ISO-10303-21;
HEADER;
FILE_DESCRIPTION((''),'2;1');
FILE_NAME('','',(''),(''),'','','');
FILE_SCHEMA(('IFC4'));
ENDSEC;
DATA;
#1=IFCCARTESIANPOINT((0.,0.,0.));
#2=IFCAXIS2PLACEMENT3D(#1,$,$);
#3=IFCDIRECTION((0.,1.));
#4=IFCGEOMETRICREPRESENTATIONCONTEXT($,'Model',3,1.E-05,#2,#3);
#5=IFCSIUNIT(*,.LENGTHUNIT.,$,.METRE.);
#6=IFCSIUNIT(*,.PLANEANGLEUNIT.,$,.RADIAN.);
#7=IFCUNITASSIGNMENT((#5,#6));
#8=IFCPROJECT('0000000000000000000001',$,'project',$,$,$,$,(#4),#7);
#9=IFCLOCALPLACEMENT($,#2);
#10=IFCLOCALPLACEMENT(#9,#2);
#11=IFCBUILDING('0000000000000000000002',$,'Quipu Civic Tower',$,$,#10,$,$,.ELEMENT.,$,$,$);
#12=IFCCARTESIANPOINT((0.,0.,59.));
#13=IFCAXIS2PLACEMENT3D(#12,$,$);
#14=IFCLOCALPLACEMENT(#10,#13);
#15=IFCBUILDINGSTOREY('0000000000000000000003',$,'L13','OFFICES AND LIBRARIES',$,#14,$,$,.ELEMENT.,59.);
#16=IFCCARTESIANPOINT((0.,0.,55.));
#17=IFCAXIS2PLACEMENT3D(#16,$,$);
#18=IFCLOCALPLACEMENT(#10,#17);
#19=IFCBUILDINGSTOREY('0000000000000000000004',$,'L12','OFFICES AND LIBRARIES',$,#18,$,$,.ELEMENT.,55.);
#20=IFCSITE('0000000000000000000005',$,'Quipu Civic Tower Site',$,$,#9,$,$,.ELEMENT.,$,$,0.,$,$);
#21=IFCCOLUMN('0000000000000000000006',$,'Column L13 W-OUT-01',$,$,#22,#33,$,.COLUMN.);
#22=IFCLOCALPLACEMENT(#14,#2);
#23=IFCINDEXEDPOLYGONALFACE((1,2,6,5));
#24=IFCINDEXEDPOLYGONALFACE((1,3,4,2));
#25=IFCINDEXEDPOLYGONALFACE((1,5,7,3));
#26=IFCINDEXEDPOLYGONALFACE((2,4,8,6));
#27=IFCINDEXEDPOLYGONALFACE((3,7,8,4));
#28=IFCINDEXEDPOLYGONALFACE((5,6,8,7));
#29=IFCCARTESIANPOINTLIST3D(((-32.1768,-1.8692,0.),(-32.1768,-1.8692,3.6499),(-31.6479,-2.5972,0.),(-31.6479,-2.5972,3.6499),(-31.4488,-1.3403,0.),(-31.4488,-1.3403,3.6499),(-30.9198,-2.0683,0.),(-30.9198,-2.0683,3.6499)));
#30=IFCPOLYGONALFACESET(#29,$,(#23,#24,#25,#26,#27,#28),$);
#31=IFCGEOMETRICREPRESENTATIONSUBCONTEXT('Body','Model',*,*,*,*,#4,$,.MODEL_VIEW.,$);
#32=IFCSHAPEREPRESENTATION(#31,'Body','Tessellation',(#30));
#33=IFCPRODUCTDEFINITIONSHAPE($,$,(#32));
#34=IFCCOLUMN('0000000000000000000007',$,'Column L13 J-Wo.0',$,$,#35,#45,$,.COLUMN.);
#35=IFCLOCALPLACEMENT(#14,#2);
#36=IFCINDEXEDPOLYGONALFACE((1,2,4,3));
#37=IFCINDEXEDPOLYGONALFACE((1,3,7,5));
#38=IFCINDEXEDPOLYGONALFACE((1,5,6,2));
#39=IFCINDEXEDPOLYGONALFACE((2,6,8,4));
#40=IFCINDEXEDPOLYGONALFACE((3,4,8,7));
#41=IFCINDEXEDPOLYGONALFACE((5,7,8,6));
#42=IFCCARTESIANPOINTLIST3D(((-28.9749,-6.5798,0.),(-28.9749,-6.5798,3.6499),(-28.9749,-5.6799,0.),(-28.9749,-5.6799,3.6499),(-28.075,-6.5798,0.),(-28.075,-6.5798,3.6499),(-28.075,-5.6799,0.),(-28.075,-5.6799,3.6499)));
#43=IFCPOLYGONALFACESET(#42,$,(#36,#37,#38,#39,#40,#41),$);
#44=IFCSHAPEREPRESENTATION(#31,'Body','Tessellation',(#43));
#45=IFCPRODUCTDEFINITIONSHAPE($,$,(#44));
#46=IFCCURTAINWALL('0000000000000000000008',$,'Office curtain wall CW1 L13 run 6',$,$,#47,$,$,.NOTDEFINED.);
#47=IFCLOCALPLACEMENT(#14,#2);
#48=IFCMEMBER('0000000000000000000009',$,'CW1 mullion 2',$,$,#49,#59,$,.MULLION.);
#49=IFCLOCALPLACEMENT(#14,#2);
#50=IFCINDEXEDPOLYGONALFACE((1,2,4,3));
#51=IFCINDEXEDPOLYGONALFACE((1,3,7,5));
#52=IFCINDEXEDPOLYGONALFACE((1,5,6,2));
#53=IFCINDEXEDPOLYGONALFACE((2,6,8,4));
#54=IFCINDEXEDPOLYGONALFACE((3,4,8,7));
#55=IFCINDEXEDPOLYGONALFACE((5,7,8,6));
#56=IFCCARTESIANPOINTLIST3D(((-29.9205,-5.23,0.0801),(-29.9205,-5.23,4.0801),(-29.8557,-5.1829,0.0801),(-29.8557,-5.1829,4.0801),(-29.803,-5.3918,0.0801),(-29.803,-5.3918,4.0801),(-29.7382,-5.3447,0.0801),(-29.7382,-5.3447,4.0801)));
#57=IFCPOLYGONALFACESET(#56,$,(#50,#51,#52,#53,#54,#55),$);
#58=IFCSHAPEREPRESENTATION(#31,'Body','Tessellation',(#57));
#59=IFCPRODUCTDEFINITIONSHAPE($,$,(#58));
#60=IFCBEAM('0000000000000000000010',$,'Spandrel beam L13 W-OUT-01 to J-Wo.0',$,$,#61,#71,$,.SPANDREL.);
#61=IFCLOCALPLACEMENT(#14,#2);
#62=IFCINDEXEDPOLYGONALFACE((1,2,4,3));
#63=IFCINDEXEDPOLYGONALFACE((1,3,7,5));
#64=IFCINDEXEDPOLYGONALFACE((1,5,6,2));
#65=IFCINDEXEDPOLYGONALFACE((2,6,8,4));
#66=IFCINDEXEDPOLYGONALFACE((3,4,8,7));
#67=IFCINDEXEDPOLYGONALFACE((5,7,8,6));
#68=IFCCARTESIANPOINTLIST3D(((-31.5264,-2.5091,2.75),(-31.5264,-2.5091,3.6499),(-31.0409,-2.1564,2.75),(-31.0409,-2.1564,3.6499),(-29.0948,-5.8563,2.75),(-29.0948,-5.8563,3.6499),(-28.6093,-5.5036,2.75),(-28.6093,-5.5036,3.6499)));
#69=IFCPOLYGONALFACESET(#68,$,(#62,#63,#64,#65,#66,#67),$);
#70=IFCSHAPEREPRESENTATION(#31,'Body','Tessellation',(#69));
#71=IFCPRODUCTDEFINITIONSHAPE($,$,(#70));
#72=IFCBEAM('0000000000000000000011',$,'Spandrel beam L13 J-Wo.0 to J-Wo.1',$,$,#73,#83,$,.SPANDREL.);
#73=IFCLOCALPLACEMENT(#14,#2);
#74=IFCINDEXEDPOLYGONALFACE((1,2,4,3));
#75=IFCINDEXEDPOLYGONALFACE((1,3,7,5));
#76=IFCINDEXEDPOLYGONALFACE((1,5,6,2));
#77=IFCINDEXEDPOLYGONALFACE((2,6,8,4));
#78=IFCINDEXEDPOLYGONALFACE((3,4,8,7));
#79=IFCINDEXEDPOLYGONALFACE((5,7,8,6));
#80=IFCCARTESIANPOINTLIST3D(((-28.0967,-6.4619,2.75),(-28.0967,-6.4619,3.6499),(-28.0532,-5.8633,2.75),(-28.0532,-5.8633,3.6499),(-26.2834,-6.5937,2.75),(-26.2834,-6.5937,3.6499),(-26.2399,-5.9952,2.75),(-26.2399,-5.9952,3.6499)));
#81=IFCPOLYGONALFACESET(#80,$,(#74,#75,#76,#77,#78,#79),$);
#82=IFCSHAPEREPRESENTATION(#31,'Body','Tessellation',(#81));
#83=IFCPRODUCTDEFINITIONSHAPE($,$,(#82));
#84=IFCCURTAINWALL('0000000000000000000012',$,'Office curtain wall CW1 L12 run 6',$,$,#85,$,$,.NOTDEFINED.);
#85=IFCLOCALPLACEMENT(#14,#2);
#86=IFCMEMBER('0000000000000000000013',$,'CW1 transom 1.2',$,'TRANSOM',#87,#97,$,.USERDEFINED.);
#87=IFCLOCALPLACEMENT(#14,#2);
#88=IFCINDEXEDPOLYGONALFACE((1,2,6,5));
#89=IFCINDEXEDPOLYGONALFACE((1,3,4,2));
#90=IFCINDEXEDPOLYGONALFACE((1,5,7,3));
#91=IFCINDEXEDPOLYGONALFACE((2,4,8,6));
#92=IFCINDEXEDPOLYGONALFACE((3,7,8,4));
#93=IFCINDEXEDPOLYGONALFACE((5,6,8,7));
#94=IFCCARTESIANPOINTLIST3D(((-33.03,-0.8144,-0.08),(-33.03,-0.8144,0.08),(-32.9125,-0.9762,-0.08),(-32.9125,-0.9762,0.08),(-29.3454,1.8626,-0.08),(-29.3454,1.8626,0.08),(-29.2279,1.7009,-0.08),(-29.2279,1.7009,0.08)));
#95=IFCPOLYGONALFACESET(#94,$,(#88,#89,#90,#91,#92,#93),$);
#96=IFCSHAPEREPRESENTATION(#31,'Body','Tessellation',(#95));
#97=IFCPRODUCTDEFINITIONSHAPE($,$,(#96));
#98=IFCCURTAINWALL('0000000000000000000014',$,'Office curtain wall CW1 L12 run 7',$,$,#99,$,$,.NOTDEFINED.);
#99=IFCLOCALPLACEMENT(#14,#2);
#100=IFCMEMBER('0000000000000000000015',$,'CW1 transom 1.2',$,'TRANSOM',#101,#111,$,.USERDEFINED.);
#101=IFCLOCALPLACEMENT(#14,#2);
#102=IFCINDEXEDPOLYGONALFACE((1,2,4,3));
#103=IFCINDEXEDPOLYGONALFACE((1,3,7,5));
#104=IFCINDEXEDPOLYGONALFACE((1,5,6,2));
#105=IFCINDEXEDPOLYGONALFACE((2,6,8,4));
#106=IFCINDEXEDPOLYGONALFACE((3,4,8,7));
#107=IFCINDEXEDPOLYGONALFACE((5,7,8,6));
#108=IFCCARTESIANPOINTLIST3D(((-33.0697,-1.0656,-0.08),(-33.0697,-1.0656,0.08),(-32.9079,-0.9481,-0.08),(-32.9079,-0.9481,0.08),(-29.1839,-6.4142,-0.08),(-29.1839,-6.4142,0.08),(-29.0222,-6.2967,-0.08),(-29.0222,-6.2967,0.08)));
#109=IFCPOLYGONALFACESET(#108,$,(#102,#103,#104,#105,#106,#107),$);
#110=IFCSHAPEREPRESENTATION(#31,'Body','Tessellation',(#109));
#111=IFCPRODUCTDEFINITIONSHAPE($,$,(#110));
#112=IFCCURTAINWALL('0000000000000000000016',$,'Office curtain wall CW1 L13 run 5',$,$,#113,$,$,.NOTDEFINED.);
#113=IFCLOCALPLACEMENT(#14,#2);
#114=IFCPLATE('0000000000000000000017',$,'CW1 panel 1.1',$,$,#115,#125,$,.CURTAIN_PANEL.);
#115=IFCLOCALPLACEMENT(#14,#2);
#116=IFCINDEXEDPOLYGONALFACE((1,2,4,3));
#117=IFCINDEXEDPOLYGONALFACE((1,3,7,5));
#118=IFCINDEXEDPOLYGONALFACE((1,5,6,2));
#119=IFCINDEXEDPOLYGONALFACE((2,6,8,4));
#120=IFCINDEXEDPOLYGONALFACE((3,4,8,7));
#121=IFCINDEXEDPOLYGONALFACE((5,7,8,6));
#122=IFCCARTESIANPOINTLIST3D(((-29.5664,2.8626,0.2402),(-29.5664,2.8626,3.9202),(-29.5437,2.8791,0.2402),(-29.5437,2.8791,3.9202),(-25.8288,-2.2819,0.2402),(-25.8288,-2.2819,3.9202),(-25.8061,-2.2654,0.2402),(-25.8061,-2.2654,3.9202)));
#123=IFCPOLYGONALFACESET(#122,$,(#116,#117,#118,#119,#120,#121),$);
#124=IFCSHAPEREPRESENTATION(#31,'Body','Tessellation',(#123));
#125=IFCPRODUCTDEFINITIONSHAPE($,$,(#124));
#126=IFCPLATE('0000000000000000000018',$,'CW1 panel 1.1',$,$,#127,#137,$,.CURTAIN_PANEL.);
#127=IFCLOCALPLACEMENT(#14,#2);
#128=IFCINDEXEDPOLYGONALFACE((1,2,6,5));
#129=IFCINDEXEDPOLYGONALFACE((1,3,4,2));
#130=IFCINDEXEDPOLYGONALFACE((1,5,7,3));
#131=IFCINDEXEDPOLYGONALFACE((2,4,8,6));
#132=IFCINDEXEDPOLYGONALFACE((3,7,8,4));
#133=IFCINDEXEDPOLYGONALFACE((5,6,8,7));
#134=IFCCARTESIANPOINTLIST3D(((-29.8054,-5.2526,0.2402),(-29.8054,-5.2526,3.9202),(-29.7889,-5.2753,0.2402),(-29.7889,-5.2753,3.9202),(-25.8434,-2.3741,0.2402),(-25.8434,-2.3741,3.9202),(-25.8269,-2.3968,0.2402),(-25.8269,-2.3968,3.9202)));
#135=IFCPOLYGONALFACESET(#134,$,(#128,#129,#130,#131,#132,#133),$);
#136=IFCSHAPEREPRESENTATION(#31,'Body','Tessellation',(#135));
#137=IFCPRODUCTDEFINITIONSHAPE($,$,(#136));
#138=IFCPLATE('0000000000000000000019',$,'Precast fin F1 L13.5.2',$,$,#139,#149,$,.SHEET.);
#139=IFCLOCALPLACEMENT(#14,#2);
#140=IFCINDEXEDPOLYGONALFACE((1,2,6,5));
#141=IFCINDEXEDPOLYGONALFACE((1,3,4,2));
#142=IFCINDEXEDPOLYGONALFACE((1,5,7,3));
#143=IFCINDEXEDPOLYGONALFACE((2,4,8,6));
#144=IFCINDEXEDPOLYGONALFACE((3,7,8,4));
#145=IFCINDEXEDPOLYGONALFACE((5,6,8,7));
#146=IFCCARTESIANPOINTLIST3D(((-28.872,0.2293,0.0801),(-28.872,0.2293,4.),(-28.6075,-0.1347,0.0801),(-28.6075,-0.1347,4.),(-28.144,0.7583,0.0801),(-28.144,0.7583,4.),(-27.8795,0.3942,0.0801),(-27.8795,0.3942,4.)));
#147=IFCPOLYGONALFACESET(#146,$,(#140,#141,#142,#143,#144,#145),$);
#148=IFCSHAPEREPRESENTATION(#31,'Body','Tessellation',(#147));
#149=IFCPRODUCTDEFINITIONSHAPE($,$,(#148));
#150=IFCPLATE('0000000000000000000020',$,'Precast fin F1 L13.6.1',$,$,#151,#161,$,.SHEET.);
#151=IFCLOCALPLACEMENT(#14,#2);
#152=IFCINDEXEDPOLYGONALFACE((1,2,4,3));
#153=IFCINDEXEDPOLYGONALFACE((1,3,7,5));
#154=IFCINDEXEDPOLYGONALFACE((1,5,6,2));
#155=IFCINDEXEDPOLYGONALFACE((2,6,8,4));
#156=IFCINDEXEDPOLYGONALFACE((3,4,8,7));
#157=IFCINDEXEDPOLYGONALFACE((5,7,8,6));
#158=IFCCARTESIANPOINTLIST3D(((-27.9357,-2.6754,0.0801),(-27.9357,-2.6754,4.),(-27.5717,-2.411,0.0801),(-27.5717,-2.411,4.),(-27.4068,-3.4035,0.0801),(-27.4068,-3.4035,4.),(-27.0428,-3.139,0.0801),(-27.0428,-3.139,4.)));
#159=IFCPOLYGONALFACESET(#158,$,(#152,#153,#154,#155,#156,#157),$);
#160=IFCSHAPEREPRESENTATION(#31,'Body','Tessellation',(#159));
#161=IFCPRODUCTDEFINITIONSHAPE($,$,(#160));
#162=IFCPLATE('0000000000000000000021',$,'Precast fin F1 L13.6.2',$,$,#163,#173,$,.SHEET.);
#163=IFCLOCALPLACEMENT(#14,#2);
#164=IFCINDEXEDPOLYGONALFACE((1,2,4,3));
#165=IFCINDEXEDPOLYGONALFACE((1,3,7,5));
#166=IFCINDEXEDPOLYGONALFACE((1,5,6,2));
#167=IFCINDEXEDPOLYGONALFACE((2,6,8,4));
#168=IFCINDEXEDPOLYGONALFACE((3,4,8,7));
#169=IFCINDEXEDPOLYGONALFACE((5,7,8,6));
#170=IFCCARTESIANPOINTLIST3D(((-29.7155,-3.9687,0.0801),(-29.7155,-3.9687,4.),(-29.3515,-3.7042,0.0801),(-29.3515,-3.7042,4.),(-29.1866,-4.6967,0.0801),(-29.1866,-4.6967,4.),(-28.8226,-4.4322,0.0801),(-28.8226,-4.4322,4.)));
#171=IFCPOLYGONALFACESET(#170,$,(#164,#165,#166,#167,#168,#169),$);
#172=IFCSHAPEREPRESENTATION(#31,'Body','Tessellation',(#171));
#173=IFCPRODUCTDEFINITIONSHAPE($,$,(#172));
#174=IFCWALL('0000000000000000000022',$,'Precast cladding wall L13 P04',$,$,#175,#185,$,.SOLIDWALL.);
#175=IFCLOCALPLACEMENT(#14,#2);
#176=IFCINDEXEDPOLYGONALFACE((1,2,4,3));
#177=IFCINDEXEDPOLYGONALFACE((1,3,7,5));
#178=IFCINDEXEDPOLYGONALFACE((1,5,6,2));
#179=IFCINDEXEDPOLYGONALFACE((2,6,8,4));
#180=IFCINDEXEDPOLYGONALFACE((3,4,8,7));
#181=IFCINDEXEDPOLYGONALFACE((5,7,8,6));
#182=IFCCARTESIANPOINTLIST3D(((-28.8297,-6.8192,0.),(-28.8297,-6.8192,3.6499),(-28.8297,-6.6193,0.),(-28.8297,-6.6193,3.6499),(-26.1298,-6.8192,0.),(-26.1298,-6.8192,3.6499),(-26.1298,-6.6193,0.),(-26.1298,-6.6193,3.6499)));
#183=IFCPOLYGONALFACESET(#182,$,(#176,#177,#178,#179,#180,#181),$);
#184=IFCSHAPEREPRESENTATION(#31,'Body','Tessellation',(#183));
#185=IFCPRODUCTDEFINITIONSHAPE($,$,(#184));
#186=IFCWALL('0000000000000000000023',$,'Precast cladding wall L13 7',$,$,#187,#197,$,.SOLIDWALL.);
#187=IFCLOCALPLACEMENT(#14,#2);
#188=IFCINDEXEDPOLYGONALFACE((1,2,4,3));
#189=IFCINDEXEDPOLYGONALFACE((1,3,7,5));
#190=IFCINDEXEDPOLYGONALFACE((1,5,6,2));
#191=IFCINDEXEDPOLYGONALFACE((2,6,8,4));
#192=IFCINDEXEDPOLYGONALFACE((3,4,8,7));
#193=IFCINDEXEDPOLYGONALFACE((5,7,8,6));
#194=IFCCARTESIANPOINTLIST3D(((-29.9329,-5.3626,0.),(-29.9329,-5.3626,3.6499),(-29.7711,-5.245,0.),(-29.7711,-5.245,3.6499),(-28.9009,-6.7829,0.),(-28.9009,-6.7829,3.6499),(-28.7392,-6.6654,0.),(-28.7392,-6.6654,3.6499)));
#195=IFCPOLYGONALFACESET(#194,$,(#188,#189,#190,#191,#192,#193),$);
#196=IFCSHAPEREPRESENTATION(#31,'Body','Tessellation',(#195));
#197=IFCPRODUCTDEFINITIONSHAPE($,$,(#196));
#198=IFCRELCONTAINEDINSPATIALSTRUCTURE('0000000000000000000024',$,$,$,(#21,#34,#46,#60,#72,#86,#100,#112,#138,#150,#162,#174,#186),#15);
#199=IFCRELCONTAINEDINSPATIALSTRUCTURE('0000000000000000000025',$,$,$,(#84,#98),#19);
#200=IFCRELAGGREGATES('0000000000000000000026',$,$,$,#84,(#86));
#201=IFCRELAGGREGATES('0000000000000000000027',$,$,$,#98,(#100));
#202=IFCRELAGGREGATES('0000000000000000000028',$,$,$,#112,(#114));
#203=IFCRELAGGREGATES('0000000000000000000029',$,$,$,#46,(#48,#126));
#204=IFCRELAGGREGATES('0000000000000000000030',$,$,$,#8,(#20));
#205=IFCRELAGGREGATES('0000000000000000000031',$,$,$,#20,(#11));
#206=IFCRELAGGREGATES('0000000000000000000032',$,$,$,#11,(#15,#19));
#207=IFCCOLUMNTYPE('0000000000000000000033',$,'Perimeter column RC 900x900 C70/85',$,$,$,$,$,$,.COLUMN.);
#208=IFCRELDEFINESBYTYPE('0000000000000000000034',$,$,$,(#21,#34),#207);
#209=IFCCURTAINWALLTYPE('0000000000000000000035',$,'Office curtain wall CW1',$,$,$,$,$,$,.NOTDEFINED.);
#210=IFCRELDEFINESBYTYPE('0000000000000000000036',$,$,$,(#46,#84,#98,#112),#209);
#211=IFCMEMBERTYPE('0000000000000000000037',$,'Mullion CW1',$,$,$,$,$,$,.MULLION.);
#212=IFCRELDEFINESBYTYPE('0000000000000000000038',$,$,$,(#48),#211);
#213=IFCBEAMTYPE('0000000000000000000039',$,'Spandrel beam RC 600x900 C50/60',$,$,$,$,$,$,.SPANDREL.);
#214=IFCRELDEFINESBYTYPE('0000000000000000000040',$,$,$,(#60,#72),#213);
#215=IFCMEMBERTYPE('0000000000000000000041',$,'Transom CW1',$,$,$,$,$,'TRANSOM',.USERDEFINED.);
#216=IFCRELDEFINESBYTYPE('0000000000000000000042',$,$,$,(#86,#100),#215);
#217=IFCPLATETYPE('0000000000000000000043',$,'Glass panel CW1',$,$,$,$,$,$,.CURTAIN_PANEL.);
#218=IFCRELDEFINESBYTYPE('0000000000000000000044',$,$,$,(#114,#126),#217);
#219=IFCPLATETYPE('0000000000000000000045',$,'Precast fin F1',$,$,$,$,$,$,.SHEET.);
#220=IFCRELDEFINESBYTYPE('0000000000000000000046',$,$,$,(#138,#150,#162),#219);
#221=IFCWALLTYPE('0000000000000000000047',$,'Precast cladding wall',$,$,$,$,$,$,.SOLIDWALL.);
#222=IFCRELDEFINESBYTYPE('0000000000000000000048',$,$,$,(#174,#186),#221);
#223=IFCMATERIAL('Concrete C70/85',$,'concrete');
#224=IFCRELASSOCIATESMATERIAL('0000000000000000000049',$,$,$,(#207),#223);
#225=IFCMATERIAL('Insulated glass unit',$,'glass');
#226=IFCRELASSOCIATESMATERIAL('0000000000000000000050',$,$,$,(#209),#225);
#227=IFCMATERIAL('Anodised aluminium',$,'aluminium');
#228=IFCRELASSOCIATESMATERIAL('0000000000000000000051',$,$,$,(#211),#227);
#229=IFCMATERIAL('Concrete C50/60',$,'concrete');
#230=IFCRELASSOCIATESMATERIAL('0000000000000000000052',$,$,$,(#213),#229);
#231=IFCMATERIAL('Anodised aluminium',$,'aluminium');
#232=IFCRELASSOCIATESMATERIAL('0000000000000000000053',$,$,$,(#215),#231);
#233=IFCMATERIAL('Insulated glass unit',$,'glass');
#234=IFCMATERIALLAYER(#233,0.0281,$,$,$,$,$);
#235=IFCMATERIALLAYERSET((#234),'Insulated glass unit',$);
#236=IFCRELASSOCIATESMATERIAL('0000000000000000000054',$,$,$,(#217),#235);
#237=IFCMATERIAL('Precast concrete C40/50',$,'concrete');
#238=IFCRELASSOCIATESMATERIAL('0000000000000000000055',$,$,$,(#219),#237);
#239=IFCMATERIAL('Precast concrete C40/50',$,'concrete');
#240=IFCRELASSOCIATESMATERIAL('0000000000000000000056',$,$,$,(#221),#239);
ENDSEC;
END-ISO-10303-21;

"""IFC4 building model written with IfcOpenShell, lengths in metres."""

from ifc_helpers import new_model, si_unit, direction, frame, frame_2d, origin, origin_2d, place, context, subcontext, project, spatial, rectangle, extrude, material, layer, layer_set, material_profile, profile_set, type_object, element, aggregate, save


model = new_model("IFC4")

# Units and contexts
model_context = context("Model", 3, precision=1e-05, world=origin(), true_north=direction((0.0, 1.0)))
body_context = subcontext(model_context, "Body", "Model", "MODEL_VIEW")
ifc_project = project(units=[si_unit("LENGTHUNIT", "METRE"), si_unit("PLANEANGLEUNIT", "RADIAN")], contexts=[model_context])

# Site, building, storey
site_placement = place(None, origin())
site = spatial("IfcSite", under=ifc_project, at=site_placement, Name="Quipu Civic Tower Site", CompositionType="ELEMENT", RefElevation=0.0)
building_placement = place(site_placement, origin())
building = spatial("IfcBuilding", under=site, at=building_placement, Name="Quipu Civic Tower", CompositionType="ELEMENT")
storey_1_placement = place(building_placement, frame((0.0, 0.0, 59.0)))
storey_1 = spatial("IfcBuildingStorey", under=building, at=storey_1_placement, Name="L13", Description="OFFICES AND LIBRARIES", CompositionType="ELEMENT", Elevation=59.0)

# Columns
ifc_material_1 = material(Name="Concrete C70/85", Category="concrete")
ifc_material_profile_1 = material_profile(ifc_material_1, rectangle(XDim=0.8999, YDim=0.8999, at=origin_2d()), Name="RC900x900")
ifc_profile_set_1 = profile_set([ifc_material_profile_1], Name="Concrete C70/85")
column_type = type_object("IfcColumnType", Name="Perimeter column RC 900x900 C70/85", PredefinedType="COLUMN", material=ifc_profile_set_1)
for number, where, z_axis, x_axis, name in (
    (1, (-31.5483, -1.9688, 0.0), (0.0, 0.0, 1.0), (0.587785, -0.809017, 0.0), "Column L13 W-OUT-01"),
    (2, (-28.5249, -6.1299, 0.0), (0.0, 0.0, 1.0), (1.0, 0.0, 0.0), "Column L13 J-Wo.0"),
):
    element("IfcColumn", number, at=place(storey_1_placement, frame(where, z_axis=z_axis, x_axis=x_axis)), inside=storey_1, type_object=column_type, Name=name, PredefinedType="COLUMN", context=body_context, shape_type="SweptSolid", body=[
        extrude(rectangle(XDim=0.8999, YDim=0.8999, at=origin_2d()), origin(), (0.0, 0.0, 1.0), 3.6499),
    ])

# Curtain wall, member
ifc_material_2 = material(Name="Insulated glass unit", Category="glass")
curtain_wall_type = type_object("IfcCurtainWallType", Name="Office curtain wall CW1", PredefinedType="NOTDEFINED", material=ifc_material_2)
curtain_wall_1_placement = place(storey_1_placement, origin())
curtain_wall_1 = element("IfcCurtainWall", 3, at=curtain_wall_1_placement, inside=storey_1, type_object=curtain_wall_type, Name="Office curtain wall CW1 L13 run 6", PredefinedType="NOTDEFINED")
ifc_material_3 = material(Name="Anodised aluminium", Category="aluminium")
ifc_material_profile_2 = material_profile(ifc_material_3, rectangle(XDim=0.2, YDim=0.0801, at=origin_2d()), Name="RECT 200x80")
ifc_profile_set_2 = profile_set([ifc_material_profile_2], Name="Anodised aluminium")
member_type_1 = type_object("IfcMemberType", Name="Mullion CW1", PredefinedType="MULLION", material=ifc_profile_set_2)
member_1_placement = place(storey_1_placement, frame((-29.8293, -5.2874, 0.0801), z_axis=(0.0, 0.0, 1.0), x_axis=(0.587785, -0.809017, 0.0)))
member_1 = element("IfcMember", 4, at=member_1_placement, type_object=member_type_1, Name="CW1 mullion 2", PredefinedType="MULLION", context=body_context, shape_type="SweptSolid", body=[
    extrude(rectangle(XDim=0.2, YDim=0.0801, at=origin_2d()), origin(), (0.0, 0.0, 1.0), 4.0),
])

# Beams
ifc_material_4 = material(Name="Concrete C50/60", Category="concrete")
ifc_material_profile_3 = material_profile(ifc_material_4, rectangle(XDim=0.6001, YDim=0.8999, at=origin_2d()), Name="RC600x900")
ifc_profile_set_3 = profile_set([ifc_material_profile_3], Name="Concrete C50/60")
beam_type = type_object("IfcBeamType", Name="Spandrel beam RC 600x900 C50/60", PredefinedType="SPANDREL", material=ifc_profile_set_3)
beam_1_placement = place(storey_1_placement, frame((-31.2837, -2.3328, 3.2), z_axis=(0.587751, -0.809042, 0.0), x_axis=(0.809042, 0.587751, 0.0)))
element("IfcBeam", 5, at=beam_1_placement, inside=storey_1, type_object=beam_type, Name="Spandrel beam L13 W-OUT-01 to J-Wo.0", PredefinedType="SPANDREL", context=body_context, shape_type="SweptSolid", body=[
    extrude(rectangle(XDim=0.6001, YDim=0.8999, at=origin_2d()), origin(), (0.0, 0.0, 1.0), 4.1372),
])
beam_2_placement = place(storey_1_placement, frame((-28.075, -6.1626, 3.2), z_axis=(0.997367, -0.072516, 0.0), x_axis=(0.072516, 0.997367, 0.0)))
element("IfcBeam", 6, at=beam_2_placement, inside=storey_1, type_object=beam_type, Name="Spandrel beam L13 J-Wo.0 to J-Wo.1", PredefinedType="SPANDREL", context=body_context, shape_type="SweptSolid", body=[
    extrude(rectangle(XDim=0.6001, YDim=0.8999, at=origin_2d()), origin(), (0.0, 0.0, 1.0), 1.8181),
])

# Shared definitions
storey_2_placement = place(building_placement, frame((0.0, 0.0, 55.0)))
storey_2 = spatial("IfcBuildingStorey", under=building, at=storey_2_placement, Name="L12", Description="OFFICES AND LIBRARIES", CompositionType="ELEMENT", Elevation=55.0)

# Curtain walls, members
curtain_wall_2_placement = place(storey_2_placement, origin())
curtain_wall_2 = element("IfcCurtainWall", 7, at=curtain_wall_2_placement, inside=storey_2, type_object=curtain_wall_type, Name="Office curtain wall CW1 L12 run 6", PredefinedType="NOTDEFINED")
ifc_material_5 = material(Name="Anodised aluminium", Category="aluminium")
ifc_material_profile_4 = material_profile(ifc_material_5, rectangle(XDim=0.2, YDim=0.1599, at=origin_2d()), Name="RECT 200x160")
ifc_profile_set_4 = profile_set([ifc_material_profile_4], Name="Anodised aluminium")
member_type_2 = type_object("IfcMemberType", Name="Transom CW1", ElementType="TRANSOM", PredefinedType="USERDEFINED", material=ifc_profile_set_4)
member_2_placement = place(storey_1_placement, frame((-29.2866, 1.7817, 0.0), z_axis=(-0.809016, -0.587786, 0.0), x_axis=(0.587786, -0.809016, 0.0)))
member_2 = element("IfcMember", 8, at=member_2_placement, inside=storey_1, type_object=member_type_2, Name="CW1 transom 1.2", ObjectType="TRANSOM", PredefinedType="USERDEFINED", context=body_context, shape_type="SweptSolid", body=[
    extrude(rectangle(XDim=0.2, YDim=0.1599, at=origin_2d()), origin(), (0.0, 0.0, 1.0), 4.5544),
])
aggregate(curtain_wall_2, [member_2])
curtain_wall_3_placement = place(storey_2_placement, origin())
curtain_wall_3 = element("IfcCurtainWall", 9, at=curtain_wall_3_placement, inside=storey_2, type_object=curtain_wall_type, Name="Office curtain wall CW1 L12 run 7", PredefinedType="NOTDEFINED")
member_3_placement = place(storey_1_placement, frame((-32.9888, -1.0068, 0.0), z_axis=(0.587759, -0.809036, 0.0), x_axis=(0.809036, 0.587759, 0.0)))
member_3 = element("IfcMember", 10, at=member_3_placement, inside=storey_1, type_object=member_type_2, Name="CW1 transom 1.2", ObjectType="TRANSOM", PredefinedType="USERDEFINED", context=body_context, shape_type="SweptSolid", body=[
    extrude(rectangle(XDim=0.2, YDim=0.1599, at=origin_2d()), origin(), (0.0, 0.0, 1.0), 6.6111),
])
aggregate(curtain_wall_3, [member_3])

# Curtain wall, plate
curtain_wall_4_placement = place(storey_1_placement, origin())
curtain_wall_4 = element("IfcCurtainWall", 11, at=curtain_wall_4_placement, inside=storey_1, type_object=curtain_wall_type, Name="Office curtain wall CW1 L13 run 5", PredefinedType="NOTDEFINED")
ifc_material_6 = material(Name="Insulated glass unit", Category="glass")
ifc_layer = layer(ifc_material_6, 0.0281)
ifc_layer_set = layer_set([ifc_layer], Name="Insulated glass unit")
plate_type_1 = type_object("IfcPlateType", Name="Glass panel CW1", PredefinedType="CURTAIN_PANEL", material=ifc_layer_set)
plate_1_placement = place(storey_1_placement, frame((-27.6863, 0.2986, 0.2402), z_axis=(0.0, 0.0, 1.0), x_axis=(0.587777, -0.809023, 0.0)))
plate_1 = element("IfcPlate", 12, at=plate_1_placement, type_object=plate_type_1, Name="CW1 panel 1.1", PredefinedType="CURTAIN_PANEL", context=body_context, shape_type="SweptSolid", body=[
    extrude(rectangle(XDim=6.3589, YDim=0.0281, at=origin_2d()), origin(), (0.0, 0.0, 1.0), 3.6799),
])
aggregate(curtain_wall_4, [plate_1])

# Plate
plate_2_placement = place(storey_1_placement, frame((-27.8162, -3.8247, 0.2402), z_axis=(0.0, 0.0, 1.0), x_axis=(-0.809017, -0.587785, 0.0)))
plate_2 = element("IfcPlate", 13, at=plate_2_placement, type_object=plate_type_1, Name="CW1 panel 1.1", PredefinedType="CURTAIN_PANEL", context=body_context, shape_type="SweptSolid", body=[
    extrude(rectangle(XDim=4.8972, YDim=0.0281, at=origin_2d()), origin(), (0.0, 0.0, 1.0), 3.6799),
])
aggregate(curtain_wall_1, [member_1, plate_2])

# Plates
ifc_material_7 = material(Name="Precast concrete C40/50", Category="concrete")
plate_type_2 = type_object("IfcPlateType", Name="Precast fin F1", PredefinedType="SHEET", material=ifc_material_7)
for number, where, z_axis, x_axis, name in (
    (14, (-28.3757, 0.3118, 0.0801), (0.0, 0.0, 1.0), (0.587784, -0.809018, 0.0), "Precast fin F1 L13.5.2"),
    (15, (-27.4893, -2.9072, 0.0801), (0.0, 0.0, 1.0), (-0.809017, -0.587785, 0.0), "Precast fin F1 L13.6.1"),
    (16, (-29.269, -4.2004, 0.0801), (0.0, 0.0, 1.0), (-0.809017, -0.587785, 0.0), "Precast fin F1 L13.6.2"),
):
    element("IfcPlate", number, at=place(storey_1_placement, frame(where, z_axis=z_axis, x_axis=x_axis)), inside=storey_1, type_object=plate_type_2, Name=name, PredefinedType="SHEET", context=body_context, shape_type="SweptSolid", body=[
        extrude(rectangle(XDim=0.45, YDim=0.8999, at=origin_2d()), origin(), (0.0, 0.0, 1.0), 3.9199),
    ])

# Walls
ifc_material_8 = material(Name="Precast concrete C40/50", Category="concrete")
wall_type = type_object("IfcWallType", Name="Precast cladding wall", PredefinedType="SOLIDWALL", material=ifc_material_8)
wall_1_placement = place(storey_1_placement, frame((-28.8298, -6.7192, 0.0), z_axis=(0.0, 0.0, 1.0), x_axis=(1.0, 0.0, 0.0)))
element("IfcWall", 17, at=wall_1_placement, inside=storey_1, type_object=wall_type, Name="Precast cladding wall L13 P04", PredefinedType="SOLIDWALL", context=body_context, shape_type="SweptSolid", body=[
    extrude(rectangle(XDim=2.7, YDim=0.2, at=frame_2d((1.3501, 0.0))), origin(), (0.0, 0.0, 1.0), 3.6499),
])
wall_2_placement = place(storey_1_placement, frame((-29.8521, -5.3037, 0.0), z_axis=(0.0, 0.0, 1.0), x_axis=(0.587783, -0.809019, 0.0)))
element("IfcWall", 18, at=wall_2_placement, inside=storey_1, type_object=wall_type, Name="Precast cladding wall L13 7", PredefinedType="SOLIDWALL", context=body_context, shape_type="SweptSolid", body=[
    extrude(rectangle(XDim=1.7556, YDim=0.2, at=frame_2d((0.8779, 0.0))), origin(), (0.0, 0.0, 1.0), 3.6499),
])

save(model, "model.ifc")
